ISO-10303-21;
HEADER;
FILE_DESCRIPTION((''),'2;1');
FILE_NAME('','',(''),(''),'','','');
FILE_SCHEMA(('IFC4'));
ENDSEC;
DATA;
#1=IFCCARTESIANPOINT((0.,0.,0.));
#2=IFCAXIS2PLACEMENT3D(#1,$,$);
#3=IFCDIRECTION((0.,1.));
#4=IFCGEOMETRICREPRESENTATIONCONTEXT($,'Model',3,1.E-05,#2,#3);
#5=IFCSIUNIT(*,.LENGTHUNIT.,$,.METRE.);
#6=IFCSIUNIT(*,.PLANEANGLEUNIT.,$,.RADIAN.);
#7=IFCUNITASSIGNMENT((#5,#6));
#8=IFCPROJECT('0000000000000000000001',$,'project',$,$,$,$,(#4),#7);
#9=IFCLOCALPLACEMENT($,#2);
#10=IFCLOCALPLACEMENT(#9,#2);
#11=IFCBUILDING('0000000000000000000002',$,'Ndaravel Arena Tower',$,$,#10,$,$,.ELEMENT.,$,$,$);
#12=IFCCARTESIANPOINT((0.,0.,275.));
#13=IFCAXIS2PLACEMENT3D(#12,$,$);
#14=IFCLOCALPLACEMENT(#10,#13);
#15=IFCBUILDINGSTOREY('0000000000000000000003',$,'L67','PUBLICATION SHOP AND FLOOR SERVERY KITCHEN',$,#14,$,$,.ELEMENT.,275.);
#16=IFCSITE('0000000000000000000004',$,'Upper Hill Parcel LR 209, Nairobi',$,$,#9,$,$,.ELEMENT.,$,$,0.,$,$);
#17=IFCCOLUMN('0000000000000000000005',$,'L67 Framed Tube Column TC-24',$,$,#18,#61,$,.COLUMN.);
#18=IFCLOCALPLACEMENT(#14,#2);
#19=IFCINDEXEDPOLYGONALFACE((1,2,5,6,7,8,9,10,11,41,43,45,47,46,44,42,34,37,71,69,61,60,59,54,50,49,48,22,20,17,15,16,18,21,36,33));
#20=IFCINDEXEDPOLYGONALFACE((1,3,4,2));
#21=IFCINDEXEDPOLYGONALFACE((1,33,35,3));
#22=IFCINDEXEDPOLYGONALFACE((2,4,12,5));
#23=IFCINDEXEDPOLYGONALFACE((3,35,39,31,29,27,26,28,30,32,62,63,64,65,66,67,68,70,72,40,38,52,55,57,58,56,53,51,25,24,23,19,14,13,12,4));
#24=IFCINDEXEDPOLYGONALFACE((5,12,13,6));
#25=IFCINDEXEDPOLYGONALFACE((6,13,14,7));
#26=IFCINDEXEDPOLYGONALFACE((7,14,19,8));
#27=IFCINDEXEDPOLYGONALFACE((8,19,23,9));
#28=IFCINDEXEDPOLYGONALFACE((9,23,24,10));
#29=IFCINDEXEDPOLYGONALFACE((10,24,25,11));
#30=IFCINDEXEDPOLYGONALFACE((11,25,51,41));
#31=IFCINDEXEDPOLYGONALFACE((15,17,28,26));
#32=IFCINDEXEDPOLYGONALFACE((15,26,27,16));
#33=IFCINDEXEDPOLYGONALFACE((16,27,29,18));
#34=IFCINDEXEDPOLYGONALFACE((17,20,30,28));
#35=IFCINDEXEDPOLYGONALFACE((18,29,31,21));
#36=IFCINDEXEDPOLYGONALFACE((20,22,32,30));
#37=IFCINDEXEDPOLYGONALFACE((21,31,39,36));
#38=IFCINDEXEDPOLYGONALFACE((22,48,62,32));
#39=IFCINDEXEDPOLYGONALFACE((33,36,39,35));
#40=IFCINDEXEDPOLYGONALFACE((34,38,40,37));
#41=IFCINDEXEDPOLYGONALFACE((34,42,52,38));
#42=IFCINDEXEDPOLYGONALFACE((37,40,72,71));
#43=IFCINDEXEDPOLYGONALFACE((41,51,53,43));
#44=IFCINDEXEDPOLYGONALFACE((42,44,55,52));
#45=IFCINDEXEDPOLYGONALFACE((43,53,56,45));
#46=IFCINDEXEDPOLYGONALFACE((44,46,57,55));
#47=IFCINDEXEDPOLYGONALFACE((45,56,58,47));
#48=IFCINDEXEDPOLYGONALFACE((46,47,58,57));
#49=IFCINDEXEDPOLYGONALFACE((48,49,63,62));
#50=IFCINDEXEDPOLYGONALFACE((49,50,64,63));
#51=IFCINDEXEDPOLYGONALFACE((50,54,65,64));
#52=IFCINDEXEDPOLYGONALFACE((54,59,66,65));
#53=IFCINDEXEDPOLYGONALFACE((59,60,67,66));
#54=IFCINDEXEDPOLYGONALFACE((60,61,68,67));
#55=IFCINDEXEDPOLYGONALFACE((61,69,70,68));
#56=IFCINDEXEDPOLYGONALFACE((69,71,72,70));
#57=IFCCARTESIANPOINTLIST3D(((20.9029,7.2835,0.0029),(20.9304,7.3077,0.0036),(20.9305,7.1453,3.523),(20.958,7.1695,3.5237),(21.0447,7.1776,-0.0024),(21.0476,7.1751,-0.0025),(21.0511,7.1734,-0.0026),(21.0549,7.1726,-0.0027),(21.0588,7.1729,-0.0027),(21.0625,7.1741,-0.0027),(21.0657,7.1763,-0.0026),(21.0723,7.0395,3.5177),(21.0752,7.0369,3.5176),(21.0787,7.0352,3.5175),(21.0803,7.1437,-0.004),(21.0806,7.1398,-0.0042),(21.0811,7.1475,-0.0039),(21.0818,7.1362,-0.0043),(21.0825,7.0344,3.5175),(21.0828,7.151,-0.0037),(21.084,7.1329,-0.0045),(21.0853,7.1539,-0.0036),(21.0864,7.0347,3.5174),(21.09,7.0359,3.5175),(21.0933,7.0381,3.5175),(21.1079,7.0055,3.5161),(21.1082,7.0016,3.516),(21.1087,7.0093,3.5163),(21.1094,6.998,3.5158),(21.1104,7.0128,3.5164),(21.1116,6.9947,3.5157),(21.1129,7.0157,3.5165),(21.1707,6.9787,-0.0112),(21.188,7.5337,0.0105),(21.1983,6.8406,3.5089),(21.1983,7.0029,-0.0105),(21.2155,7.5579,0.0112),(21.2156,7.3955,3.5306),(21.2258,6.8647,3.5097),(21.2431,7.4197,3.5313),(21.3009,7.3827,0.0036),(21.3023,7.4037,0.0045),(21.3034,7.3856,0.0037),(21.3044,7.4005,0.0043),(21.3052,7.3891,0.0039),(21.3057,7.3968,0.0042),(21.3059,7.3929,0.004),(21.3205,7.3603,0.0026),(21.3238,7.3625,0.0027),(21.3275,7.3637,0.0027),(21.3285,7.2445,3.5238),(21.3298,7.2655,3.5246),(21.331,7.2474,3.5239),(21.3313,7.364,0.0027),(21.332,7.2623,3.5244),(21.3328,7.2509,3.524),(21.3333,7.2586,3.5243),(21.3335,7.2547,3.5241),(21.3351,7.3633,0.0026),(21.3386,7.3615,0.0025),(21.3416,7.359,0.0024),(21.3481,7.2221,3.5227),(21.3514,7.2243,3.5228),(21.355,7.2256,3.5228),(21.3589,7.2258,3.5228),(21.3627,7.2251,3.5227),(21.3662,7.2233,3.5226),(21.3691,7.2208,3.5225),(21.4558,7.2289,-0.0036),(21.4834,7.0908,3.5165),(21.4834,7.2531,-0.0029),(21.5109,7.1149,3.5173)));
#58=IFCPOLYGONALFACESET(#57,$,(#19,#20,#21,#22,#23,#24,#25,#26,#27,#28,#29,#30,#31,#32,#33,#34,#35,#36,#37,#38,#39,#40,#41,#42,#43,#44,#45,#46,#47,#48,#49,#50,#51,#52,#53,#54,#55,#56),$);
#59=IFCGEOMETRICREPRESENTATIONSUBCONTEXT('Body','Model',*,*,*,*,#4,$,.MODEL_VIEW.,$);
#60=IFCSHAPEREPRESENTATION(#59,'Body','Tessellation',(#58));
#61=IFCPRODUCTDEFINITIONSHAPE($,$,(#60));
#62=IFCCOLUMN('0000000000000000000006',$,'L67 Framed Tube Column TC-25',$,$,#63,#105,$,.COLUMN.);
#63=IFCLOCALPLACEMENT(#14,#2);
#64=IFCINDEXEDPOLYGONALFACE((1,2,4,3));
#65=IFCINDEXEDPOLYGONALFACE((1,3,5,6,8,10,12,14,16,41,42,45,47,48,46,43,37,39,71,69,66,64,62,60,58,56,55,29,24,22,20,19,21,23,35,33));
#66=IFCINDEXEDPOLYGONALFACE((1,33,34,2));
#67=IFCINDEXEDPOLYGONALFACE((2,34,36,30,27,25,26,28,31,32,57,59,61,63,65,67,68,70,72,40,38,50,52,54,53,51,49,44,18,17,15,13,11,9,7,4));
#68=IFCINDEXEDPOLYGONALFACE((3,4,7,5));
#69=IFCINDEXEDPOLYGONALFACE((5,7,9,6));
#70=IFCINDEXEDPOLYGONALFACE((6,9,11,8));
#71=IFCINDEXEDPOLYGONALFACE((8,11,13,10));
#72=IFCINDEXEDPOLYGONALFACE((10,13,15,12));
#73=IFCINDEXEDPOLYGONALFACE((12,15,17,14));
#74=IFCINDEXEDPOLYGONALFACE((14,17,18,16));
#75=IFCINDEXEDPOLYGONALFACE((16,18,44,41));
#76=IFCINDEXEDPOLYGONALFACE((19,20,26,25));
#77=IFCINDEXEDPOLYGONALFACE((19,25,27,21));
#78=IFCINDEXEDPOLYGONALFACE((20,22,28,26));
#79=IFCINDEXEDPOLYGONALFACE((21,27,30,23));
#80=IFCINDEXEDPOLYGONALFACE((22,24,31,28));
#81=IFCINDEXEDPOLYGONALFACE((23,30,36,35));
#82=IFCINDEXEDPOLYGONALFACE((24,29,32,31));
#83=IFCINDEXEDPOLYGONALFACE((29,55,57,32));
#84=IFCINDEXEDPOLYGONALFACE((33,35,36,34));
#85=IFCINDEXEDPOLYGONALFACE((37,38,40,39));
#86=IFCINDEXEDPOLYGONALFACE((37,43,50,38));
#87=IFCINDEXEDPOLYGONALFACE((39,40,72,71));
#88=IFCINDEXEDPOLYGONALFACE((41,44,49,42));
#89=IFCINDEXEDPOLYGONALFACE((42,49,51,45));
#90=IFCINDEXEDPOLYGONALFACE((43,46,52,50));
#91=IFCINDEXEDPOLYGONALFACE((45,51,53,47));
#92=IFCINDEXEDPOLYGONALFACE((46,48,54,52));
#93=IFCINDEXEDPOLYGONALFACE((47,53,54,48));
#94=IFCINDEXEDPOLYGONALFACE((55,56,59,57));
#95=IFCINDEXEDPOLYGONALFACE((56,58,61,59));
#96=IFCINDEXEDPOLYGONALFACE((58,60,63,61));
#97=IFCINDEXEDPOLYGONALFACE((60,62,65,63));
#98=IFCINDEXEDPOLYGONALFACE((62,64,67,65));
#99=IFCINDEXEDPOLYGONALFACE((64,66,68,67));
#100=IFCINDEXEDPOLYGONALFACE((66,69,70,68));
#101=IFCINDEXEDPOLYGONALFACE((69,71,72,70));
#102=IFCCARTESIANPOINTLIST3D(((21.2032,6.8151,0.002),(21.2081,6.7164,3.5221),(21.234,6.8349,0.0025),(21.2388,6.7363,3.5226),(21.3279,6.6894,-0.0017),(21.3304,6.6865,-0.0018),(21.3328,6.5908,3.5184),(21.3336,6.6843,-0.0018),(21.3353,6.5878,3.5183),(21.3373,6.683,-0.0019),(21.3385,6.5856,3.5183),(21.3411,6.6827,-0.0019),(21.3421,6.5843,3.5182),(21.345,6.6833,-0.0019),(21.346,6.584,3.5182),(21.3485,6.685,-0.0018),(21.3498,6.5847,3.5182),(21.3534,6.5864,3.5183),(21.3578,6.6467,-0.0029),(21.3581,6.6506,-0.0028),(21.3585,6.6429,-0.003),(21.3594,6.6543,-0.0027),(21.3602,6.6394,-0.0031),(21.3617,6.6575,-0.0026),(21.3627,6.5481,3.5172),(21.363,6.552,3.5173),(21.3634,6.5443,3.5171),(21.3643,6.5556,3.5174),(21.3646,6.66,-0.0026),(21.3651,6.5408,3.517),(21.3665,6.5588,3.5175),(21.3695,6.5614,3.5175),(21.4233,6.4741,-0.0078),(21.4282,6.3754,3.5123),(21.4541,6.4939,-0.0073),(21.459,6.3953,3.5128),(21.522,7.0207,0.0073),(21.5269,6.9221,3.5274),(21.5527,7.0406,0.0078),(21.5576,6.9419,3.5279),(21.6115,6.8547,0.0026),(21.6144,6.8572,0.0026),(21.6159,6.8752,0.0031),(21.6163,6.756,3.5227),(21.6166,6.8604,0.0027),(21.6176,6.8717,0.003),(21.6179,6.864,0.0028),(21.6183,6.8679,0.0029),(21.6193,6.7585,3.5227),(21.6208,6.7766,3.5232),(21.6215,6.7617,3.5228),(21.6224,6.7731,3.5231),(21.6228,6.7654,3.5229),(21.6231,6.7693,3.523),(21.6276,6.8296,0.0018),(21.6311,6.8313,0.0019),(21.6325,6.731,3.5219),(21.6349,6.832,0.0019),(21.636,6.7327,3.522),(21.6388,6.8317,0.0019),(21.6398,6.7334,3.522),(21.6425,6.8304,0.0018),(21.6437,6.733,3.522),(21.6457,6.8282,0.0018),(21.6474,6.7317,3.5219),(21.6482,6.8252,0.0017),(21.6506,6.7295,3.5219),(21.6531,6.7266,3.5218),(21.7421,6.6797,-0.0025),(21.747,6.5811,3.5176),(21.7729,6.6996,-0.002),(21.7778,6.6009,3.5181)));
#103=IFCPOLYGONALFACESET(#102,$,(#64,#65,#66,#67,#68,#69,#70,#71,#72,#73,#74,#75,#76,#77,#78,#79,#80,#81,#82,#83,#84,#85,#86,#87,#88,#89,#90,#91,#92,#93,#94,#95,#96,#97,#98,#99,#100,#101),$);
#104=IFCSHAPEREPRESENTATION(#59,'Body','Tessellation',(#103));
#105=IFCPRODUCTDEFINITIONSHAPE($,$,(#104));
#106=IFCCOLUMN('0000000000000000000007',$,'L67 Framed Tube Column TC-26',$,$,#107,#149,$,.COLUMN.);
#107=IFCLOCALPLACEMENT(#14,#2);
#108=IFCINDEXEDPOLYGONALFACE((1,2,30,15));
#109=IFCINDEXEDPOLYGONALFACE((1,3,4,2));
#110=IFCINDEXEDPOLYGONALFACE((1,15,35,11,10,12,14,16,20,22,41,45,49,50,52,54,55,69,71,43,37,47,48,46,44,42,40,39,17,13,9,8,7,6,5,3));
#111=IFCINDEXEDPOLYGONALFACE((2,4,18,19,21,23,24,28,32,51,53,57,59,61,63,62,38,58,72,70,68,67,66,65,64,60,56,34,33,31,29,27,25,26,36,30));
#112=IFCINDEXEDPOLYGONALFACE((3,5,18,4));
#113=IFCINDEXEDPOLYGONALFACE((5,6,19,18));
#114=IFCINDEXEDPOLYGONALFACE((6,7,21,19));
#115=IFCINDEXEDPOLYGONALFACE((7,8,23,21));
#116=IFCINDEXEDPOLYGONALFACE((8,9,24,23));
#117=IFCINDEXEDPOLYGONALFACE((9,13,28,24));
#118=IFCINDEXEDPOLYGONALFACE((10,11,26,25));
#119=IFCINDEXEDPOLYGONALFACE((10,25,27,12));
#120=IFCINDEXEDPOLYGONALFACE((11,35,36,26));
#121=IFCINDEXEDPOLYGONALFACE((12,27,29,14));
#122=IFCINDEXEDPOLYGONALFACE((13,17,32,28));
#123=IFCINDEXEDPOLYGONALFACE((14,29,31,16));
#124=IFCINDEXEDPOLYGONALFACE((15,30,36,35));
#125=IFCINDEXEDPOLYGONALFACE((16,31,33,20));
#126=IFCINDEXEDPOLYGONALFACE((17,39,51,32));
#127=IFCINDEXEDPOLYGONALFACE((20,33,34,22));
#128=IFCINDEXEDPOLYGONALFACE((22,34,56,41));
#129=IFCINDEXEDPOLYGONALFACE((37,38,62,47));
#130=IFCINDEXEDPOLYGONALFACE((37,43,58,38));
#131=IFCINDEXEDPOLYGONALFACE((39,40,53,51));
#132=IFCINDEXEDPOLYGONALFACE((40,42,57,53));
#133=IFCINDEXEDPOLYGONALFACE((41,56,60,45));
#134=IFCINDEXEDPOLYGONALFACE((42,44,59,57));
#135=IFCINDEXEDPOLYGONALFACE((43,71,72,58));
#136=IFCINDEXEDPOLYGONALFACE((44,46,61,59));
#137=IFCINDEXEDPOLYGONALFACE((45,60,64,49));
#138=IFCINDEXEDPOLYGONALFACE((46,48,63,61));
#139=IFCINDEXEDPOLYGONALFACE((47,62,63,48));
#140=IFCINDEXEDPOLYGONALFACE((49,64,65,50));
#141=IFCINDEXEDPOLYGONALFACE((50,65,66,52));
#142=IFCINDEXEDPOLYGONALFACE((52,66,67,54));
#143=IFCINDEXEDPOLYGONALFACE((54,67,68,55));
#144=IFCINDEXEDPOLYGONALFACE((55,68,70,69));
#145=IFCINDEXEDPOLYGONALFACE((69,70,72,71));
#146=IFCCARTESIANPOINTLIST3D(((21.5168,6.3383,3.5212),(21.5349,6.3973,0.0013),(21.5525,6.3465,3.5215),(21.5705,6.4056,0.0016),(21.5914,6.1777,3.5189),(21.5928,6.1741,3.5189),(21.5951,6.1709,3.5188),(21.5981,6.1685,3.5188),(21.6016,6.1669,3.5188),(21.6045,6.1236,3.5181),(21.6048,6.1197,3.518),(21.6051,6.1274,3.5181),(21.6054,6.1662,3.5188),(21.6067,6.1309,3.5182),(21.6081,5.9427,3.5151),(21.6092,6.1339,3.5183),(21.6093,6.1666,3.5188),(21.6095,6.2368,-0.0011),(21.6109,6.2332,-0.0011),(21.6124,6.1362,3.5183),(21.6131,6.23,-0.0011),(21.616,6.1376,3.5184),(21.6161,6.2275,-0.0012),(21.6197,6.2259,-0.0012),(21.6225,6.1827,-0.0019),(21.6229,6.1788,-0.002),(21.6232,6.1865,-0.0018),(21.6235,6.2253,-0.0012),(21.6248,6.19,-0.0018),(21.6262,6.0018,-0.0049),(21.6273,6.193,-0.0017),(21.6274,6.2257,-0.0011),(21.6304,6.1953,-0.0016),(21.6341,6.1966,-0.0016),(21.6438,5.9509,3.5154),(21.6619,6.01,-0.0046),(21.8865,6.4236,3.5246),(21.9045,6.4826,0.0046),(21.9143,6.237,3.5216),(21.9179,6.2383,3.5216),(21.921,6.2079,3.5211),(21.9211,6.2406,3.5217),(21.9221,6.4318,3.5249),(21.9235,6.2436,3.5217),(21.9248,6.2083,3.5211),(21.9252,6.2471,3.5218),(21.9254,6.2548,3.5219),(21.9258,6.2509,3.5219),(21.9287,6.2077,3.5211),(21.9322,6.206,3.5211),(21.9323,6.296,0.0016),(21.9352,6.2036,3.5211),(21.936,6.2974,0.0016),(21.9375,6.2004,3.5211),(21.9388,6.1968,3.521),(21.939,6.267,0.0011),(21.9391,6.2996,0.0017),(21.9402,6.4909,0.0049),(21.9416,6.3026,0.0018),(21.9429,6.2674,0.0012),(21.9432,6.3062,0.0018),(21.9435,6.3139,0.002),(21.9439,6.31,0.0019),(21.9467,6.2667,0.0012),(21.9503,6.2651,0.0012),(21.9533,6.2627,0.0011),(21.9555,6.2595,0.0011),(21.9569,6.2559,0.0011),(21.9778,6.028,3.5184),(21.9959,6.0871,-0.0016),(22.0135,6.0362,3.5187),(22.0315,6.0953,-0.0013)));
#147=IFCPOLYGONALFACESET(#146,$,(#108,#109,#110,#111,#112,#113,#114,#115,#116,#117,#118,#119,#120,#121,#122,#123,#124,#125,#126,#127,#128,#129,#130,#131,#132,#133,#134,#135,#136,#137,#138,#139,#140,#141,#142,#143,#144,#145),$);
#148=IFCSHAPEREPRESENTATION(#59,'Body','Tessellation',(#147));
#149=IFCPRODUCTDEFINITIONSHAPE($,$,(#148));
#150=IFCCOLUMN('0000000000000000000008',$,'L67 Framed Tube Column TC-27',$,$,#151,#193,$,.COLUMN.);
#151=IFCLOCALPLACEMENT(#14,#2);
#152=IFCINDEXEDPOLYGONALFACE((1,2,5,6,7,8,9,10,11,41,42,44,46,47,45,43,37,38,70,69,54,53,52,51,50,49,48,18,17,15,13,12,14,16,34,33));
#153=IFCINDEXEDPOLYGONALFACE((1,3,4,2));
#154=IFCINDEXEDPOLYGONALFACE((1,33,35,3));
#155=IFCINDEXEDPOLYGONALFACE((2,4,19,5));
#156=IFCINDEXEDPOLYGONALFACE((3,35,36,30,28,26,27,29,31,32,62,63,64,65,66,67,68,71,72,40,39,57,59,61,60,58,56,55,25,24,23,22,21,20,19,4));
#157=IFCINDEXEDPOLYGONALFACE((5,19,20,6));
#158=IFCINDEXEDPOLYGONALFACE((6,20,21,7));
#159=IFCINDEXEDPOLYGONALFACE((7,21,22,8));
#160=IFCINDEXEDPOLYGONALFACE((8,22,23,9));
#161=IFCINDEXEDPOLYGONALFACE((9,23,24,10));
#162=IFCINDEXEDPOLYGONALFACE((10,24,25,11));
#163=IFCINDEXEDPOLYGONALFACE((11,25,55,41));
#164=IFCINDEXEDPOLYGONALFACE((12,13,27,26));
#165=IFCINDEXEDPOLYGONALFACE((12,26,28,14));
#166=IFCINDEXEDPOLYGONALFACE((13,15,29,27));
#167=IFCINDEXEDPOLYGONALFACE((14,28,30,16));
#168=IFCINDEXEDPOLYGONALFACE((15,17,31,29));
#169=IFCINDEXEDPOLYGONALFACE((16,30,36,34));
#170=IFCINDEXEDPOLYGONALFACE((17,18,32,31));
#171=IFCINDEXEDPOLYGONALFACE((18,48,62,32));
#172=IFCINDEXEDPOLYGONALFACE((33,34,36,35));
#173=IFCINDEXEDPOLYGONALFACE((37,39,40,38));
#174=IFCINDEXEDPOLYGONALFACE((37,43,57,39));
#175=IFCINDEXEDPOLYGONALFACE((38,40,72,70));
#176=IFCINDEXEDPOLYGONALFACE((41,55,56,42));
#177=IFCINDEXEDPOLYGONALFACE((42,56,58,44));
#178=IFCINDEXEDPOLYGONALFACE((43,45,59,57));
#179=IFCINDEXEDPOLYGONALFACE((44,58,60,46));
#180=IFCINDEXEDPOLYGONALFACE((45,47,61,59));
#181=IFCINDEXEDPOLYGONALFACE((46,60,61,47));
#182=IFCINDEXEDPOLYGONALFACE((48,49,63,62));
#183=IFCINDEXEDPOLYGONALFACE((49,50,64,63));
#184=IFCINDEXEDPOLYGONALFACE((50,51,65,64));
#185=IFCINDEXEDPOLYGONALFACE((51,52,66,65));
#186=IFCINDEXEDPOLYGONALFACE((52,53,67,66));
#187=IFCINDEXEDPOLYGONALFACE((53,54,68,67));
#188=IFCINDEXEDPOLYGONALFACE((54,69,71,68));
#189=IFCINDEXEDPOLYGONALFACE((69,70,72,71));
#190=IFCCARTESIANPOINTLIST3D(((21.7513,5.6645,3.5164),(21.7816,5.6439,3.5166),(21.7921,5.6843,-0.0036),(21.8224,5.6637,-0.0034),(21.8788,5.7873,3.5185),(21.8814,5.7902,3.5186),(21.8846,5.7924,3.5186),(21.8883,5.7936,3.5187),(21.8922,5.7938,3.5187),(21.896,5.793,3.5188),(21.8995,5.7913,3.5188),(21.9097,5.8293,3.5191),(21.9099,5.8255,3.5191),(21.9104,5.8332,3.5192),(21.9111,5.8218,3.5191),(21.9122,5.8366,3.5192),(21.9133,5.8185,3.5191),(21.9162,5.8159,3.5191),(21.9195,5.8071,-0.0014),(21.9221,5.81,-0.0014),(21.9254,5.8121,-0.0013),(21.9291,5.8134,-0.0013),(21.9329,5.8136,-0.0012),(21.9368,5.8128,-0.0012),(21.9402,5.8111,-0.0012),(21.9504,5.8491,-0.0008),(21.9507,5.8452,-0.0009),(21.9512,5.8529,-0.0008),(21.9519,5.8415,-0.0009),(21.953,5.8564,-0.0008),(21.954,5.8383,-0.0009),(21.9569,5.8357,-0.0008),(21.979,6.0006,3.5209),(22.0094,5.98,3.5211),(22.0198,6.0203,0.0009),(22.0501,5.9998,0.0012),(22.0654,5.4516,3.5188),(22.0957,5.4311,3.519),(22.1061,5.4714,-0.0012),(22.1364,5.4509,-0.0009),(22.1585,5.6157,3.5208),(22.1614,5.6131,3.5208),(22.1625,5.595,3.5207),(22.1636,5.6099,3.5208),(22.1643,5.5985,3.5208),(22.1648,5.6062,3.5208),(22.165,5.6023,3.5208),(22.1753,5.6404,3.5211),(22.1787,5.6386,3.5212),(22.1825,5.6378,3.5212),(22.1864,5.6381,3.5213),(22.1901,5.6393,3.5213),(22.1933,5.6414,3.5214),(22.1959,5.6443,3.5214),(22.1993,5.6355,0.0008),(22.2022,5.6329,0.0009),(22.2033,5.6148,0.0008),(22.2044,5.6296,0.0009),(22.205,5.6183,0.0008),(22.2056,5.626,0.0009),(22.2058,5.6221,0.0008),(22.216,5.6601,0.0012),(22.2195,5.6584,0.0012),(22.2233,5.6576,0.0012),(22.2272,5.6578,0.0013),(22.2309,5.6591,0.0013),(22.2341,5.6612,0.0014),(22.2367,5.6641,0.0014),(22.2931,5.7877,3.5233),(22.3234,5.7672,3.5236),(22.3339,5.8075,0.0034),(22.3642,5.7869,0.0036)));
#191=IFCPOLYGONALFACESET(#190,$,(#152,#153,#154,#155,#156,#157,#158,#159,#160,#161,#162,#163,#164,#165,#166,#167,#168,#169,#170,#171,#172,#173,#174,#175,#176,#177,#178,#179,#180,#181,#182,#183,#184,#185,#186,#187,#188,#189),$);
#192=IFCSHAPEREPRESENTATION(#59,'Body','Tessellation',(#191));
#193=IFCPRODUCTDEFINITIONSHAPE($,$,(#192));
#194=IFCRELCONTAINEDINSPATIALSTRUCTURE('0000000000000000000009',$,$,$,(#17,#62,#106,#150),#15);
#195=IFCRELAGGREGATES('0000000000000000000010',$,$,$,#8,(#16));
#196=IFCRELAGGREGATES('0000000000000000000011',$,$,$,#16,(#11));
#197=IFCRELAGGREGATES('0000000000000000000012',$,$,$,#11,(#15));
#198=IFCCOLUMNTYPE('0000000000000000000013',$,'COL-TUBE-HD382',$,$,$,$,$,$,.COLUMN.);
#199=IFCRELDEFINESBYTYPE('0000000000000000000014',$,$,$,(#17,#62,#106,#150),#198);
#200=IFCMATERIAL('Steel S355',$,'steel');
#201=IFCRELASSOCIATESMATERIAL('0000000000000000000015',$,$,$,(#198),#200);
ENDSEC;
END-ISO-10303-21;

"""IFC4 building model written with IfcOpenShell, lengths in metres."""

from ifc_helpers import new_model, si_unit, direction, frame, origin, origin_2d, place, context, subcontext, project, spatial, i_section, extrude, material, material_profile, profile_set, type_object, element, save


model = new_model("IFC4")

# Units and contexts
model_context = context("Model", 3, precision=1e-05, world=origin(), true_north=direction((0.0, 1.0)))
body_context = subcontext(model_context, "Body", "Model", "MODEL_VIEW")
ifc_project = project(units=[si_unit("LENGTHUNIT", "METRE"), si_unit("PLANEANGLEUNIT", "RADIAN")], contexts=[model_context])

# Site, building, storey
site_placement = place(None, origin())
site = spatial("IfcSite", under=ifc_project, at=site_placement, Name="Upper Hill Parcel LR 209, Nairobi", CompositionType="ELEMENT", RefElevation=0.0)
building_placement = place(site_placement, origin())
building = spatial("IfcBuilding", under=site, at=building_placement, Name="Ndaravel Arena Tower", CompositionType="ELEMENT")
storey_placement = place(building_placement, frame((0.0, 0.0, 275.0)))
storey = spatial("IfcBuildingStorey", under=building, at=storey_placement, Name="L67", Description="PUBLICATION SHOP AND FLOOR SERVERY KITCHEN", CompositionType="ELEMENT", Elevation=275.0)

# Columns
ifc_material_1 = material(Name="Steel S355", Category="steel")
ifc_material_profile_1 = material_profile(ifc_material_1, i_section(OverallWidth=0.406, OverallDepth=0.416, WebThickness=0.0298, FlangeThickness=0.0366, FilletRadius=0.0149, at=origin_2d()), Name="HD 400x382")
ifc_profile_set_1 = profile_set([ifc_material_profile_1], Name="Steel S355")
column_type = type_object("IfcColumnType", Name="COL-TUBE-HD382", PredefinedType="COLUMN", material=ifc_profile_set_1)
column_1_placement = place(storey_placement, frame((21.1931, 7.2683, 0.0), z_axis=(0.007831, -0.039225, 0.9992), x_axis=(-0.659741, 0.750694, 0.03464)))
element("IfcColumn", 1, at=column_1_placement, inside=storey, type_object=column_type, Name="L67 Framed Tube Column TC-24", PredefinedType="COLUMN", context=body_context, shape_type="SweptSolid", body=[
    extrude(i_section(OverallWidth=0.406, OverallDepth=0.416, WebThickness=0.0298, FlangeThickness=0.0366, FilletRadius=0.0149, at=origin_2d()), origin(), (0.0, 0.0, 1.0), 3.5229),
])
column_2_placement = place(storey_placement, frame((21.488, 6.7573, 0.0), z_axis=(0.001387, -0.02801, 0.999607), x_axis=(-0.542192, 0.839904, 0.024287)))
element("IfcColumn", 2, at=column_2_placement, inside=storey, type_object=column_type, Name="L67 Framed Tube Column TC-25", PredefinedType="COLUMN", context=body_context, shape_type="SweptSolid", body=[
    extrude(i_section(OverallWidth=0.406, OverallDepth=0.416, WebThickness=0.0298, FlangeThickness=0.0366, FilletRadius=0.0149, at=origin_2d()), origin(), (0.0, 0.0, 1.0), 3.5215),
])
column_3_placement = place(storey_placement, frame((21.7832, 6.2463, 0.0), z_axis=(-0.005132, -0.016782, 0.999846), x_axis=(-0.224942, 0.974254, 0.015198)))
element("IfcColumn", 3, at=column_3_placement, inside=storey, type_object=column_type, Name="L67 Framed Tube Column TC-26", PredefinedType="COLUMN", context=body_context, shape_type="SweptSolid", body=[
    extrude(i_section(OverallWidth=0.406, OverallDepth=0.416, WebThickness=0.0298, FlangeThickness=0.0366, FilletRadius=0.0149, at=origin_2d()), origin(), (0.0, 0.0, 1.0), 3.5205),
])
column_4_placement = place(storey_placement, frame((22.0781, 5.7356, 0.0), z_axis=(-0.011582, -0.005618, 0.999917), x_axis=(0.560939, 0.827782, 0.011148)))
element("IfcColumn", 4, at=column_4_placement, inside=storey, type_object=column_type, Name="L67 Framed Tube Column TC-27", PredefinedType="COLUMN", context=body_context, shape_type="SweptSolid", body=[
    extrude(i_section(OverallWidth=0.406, OverallDepth=0.416, WebThickness=0.0298, FlangeThickness=0.0366, FilletRadius=0.0149, at=origin_2d()), origin(), (0.0, 0.0, 1.0), 3.5203),
])

save(model, "model.ifc")
